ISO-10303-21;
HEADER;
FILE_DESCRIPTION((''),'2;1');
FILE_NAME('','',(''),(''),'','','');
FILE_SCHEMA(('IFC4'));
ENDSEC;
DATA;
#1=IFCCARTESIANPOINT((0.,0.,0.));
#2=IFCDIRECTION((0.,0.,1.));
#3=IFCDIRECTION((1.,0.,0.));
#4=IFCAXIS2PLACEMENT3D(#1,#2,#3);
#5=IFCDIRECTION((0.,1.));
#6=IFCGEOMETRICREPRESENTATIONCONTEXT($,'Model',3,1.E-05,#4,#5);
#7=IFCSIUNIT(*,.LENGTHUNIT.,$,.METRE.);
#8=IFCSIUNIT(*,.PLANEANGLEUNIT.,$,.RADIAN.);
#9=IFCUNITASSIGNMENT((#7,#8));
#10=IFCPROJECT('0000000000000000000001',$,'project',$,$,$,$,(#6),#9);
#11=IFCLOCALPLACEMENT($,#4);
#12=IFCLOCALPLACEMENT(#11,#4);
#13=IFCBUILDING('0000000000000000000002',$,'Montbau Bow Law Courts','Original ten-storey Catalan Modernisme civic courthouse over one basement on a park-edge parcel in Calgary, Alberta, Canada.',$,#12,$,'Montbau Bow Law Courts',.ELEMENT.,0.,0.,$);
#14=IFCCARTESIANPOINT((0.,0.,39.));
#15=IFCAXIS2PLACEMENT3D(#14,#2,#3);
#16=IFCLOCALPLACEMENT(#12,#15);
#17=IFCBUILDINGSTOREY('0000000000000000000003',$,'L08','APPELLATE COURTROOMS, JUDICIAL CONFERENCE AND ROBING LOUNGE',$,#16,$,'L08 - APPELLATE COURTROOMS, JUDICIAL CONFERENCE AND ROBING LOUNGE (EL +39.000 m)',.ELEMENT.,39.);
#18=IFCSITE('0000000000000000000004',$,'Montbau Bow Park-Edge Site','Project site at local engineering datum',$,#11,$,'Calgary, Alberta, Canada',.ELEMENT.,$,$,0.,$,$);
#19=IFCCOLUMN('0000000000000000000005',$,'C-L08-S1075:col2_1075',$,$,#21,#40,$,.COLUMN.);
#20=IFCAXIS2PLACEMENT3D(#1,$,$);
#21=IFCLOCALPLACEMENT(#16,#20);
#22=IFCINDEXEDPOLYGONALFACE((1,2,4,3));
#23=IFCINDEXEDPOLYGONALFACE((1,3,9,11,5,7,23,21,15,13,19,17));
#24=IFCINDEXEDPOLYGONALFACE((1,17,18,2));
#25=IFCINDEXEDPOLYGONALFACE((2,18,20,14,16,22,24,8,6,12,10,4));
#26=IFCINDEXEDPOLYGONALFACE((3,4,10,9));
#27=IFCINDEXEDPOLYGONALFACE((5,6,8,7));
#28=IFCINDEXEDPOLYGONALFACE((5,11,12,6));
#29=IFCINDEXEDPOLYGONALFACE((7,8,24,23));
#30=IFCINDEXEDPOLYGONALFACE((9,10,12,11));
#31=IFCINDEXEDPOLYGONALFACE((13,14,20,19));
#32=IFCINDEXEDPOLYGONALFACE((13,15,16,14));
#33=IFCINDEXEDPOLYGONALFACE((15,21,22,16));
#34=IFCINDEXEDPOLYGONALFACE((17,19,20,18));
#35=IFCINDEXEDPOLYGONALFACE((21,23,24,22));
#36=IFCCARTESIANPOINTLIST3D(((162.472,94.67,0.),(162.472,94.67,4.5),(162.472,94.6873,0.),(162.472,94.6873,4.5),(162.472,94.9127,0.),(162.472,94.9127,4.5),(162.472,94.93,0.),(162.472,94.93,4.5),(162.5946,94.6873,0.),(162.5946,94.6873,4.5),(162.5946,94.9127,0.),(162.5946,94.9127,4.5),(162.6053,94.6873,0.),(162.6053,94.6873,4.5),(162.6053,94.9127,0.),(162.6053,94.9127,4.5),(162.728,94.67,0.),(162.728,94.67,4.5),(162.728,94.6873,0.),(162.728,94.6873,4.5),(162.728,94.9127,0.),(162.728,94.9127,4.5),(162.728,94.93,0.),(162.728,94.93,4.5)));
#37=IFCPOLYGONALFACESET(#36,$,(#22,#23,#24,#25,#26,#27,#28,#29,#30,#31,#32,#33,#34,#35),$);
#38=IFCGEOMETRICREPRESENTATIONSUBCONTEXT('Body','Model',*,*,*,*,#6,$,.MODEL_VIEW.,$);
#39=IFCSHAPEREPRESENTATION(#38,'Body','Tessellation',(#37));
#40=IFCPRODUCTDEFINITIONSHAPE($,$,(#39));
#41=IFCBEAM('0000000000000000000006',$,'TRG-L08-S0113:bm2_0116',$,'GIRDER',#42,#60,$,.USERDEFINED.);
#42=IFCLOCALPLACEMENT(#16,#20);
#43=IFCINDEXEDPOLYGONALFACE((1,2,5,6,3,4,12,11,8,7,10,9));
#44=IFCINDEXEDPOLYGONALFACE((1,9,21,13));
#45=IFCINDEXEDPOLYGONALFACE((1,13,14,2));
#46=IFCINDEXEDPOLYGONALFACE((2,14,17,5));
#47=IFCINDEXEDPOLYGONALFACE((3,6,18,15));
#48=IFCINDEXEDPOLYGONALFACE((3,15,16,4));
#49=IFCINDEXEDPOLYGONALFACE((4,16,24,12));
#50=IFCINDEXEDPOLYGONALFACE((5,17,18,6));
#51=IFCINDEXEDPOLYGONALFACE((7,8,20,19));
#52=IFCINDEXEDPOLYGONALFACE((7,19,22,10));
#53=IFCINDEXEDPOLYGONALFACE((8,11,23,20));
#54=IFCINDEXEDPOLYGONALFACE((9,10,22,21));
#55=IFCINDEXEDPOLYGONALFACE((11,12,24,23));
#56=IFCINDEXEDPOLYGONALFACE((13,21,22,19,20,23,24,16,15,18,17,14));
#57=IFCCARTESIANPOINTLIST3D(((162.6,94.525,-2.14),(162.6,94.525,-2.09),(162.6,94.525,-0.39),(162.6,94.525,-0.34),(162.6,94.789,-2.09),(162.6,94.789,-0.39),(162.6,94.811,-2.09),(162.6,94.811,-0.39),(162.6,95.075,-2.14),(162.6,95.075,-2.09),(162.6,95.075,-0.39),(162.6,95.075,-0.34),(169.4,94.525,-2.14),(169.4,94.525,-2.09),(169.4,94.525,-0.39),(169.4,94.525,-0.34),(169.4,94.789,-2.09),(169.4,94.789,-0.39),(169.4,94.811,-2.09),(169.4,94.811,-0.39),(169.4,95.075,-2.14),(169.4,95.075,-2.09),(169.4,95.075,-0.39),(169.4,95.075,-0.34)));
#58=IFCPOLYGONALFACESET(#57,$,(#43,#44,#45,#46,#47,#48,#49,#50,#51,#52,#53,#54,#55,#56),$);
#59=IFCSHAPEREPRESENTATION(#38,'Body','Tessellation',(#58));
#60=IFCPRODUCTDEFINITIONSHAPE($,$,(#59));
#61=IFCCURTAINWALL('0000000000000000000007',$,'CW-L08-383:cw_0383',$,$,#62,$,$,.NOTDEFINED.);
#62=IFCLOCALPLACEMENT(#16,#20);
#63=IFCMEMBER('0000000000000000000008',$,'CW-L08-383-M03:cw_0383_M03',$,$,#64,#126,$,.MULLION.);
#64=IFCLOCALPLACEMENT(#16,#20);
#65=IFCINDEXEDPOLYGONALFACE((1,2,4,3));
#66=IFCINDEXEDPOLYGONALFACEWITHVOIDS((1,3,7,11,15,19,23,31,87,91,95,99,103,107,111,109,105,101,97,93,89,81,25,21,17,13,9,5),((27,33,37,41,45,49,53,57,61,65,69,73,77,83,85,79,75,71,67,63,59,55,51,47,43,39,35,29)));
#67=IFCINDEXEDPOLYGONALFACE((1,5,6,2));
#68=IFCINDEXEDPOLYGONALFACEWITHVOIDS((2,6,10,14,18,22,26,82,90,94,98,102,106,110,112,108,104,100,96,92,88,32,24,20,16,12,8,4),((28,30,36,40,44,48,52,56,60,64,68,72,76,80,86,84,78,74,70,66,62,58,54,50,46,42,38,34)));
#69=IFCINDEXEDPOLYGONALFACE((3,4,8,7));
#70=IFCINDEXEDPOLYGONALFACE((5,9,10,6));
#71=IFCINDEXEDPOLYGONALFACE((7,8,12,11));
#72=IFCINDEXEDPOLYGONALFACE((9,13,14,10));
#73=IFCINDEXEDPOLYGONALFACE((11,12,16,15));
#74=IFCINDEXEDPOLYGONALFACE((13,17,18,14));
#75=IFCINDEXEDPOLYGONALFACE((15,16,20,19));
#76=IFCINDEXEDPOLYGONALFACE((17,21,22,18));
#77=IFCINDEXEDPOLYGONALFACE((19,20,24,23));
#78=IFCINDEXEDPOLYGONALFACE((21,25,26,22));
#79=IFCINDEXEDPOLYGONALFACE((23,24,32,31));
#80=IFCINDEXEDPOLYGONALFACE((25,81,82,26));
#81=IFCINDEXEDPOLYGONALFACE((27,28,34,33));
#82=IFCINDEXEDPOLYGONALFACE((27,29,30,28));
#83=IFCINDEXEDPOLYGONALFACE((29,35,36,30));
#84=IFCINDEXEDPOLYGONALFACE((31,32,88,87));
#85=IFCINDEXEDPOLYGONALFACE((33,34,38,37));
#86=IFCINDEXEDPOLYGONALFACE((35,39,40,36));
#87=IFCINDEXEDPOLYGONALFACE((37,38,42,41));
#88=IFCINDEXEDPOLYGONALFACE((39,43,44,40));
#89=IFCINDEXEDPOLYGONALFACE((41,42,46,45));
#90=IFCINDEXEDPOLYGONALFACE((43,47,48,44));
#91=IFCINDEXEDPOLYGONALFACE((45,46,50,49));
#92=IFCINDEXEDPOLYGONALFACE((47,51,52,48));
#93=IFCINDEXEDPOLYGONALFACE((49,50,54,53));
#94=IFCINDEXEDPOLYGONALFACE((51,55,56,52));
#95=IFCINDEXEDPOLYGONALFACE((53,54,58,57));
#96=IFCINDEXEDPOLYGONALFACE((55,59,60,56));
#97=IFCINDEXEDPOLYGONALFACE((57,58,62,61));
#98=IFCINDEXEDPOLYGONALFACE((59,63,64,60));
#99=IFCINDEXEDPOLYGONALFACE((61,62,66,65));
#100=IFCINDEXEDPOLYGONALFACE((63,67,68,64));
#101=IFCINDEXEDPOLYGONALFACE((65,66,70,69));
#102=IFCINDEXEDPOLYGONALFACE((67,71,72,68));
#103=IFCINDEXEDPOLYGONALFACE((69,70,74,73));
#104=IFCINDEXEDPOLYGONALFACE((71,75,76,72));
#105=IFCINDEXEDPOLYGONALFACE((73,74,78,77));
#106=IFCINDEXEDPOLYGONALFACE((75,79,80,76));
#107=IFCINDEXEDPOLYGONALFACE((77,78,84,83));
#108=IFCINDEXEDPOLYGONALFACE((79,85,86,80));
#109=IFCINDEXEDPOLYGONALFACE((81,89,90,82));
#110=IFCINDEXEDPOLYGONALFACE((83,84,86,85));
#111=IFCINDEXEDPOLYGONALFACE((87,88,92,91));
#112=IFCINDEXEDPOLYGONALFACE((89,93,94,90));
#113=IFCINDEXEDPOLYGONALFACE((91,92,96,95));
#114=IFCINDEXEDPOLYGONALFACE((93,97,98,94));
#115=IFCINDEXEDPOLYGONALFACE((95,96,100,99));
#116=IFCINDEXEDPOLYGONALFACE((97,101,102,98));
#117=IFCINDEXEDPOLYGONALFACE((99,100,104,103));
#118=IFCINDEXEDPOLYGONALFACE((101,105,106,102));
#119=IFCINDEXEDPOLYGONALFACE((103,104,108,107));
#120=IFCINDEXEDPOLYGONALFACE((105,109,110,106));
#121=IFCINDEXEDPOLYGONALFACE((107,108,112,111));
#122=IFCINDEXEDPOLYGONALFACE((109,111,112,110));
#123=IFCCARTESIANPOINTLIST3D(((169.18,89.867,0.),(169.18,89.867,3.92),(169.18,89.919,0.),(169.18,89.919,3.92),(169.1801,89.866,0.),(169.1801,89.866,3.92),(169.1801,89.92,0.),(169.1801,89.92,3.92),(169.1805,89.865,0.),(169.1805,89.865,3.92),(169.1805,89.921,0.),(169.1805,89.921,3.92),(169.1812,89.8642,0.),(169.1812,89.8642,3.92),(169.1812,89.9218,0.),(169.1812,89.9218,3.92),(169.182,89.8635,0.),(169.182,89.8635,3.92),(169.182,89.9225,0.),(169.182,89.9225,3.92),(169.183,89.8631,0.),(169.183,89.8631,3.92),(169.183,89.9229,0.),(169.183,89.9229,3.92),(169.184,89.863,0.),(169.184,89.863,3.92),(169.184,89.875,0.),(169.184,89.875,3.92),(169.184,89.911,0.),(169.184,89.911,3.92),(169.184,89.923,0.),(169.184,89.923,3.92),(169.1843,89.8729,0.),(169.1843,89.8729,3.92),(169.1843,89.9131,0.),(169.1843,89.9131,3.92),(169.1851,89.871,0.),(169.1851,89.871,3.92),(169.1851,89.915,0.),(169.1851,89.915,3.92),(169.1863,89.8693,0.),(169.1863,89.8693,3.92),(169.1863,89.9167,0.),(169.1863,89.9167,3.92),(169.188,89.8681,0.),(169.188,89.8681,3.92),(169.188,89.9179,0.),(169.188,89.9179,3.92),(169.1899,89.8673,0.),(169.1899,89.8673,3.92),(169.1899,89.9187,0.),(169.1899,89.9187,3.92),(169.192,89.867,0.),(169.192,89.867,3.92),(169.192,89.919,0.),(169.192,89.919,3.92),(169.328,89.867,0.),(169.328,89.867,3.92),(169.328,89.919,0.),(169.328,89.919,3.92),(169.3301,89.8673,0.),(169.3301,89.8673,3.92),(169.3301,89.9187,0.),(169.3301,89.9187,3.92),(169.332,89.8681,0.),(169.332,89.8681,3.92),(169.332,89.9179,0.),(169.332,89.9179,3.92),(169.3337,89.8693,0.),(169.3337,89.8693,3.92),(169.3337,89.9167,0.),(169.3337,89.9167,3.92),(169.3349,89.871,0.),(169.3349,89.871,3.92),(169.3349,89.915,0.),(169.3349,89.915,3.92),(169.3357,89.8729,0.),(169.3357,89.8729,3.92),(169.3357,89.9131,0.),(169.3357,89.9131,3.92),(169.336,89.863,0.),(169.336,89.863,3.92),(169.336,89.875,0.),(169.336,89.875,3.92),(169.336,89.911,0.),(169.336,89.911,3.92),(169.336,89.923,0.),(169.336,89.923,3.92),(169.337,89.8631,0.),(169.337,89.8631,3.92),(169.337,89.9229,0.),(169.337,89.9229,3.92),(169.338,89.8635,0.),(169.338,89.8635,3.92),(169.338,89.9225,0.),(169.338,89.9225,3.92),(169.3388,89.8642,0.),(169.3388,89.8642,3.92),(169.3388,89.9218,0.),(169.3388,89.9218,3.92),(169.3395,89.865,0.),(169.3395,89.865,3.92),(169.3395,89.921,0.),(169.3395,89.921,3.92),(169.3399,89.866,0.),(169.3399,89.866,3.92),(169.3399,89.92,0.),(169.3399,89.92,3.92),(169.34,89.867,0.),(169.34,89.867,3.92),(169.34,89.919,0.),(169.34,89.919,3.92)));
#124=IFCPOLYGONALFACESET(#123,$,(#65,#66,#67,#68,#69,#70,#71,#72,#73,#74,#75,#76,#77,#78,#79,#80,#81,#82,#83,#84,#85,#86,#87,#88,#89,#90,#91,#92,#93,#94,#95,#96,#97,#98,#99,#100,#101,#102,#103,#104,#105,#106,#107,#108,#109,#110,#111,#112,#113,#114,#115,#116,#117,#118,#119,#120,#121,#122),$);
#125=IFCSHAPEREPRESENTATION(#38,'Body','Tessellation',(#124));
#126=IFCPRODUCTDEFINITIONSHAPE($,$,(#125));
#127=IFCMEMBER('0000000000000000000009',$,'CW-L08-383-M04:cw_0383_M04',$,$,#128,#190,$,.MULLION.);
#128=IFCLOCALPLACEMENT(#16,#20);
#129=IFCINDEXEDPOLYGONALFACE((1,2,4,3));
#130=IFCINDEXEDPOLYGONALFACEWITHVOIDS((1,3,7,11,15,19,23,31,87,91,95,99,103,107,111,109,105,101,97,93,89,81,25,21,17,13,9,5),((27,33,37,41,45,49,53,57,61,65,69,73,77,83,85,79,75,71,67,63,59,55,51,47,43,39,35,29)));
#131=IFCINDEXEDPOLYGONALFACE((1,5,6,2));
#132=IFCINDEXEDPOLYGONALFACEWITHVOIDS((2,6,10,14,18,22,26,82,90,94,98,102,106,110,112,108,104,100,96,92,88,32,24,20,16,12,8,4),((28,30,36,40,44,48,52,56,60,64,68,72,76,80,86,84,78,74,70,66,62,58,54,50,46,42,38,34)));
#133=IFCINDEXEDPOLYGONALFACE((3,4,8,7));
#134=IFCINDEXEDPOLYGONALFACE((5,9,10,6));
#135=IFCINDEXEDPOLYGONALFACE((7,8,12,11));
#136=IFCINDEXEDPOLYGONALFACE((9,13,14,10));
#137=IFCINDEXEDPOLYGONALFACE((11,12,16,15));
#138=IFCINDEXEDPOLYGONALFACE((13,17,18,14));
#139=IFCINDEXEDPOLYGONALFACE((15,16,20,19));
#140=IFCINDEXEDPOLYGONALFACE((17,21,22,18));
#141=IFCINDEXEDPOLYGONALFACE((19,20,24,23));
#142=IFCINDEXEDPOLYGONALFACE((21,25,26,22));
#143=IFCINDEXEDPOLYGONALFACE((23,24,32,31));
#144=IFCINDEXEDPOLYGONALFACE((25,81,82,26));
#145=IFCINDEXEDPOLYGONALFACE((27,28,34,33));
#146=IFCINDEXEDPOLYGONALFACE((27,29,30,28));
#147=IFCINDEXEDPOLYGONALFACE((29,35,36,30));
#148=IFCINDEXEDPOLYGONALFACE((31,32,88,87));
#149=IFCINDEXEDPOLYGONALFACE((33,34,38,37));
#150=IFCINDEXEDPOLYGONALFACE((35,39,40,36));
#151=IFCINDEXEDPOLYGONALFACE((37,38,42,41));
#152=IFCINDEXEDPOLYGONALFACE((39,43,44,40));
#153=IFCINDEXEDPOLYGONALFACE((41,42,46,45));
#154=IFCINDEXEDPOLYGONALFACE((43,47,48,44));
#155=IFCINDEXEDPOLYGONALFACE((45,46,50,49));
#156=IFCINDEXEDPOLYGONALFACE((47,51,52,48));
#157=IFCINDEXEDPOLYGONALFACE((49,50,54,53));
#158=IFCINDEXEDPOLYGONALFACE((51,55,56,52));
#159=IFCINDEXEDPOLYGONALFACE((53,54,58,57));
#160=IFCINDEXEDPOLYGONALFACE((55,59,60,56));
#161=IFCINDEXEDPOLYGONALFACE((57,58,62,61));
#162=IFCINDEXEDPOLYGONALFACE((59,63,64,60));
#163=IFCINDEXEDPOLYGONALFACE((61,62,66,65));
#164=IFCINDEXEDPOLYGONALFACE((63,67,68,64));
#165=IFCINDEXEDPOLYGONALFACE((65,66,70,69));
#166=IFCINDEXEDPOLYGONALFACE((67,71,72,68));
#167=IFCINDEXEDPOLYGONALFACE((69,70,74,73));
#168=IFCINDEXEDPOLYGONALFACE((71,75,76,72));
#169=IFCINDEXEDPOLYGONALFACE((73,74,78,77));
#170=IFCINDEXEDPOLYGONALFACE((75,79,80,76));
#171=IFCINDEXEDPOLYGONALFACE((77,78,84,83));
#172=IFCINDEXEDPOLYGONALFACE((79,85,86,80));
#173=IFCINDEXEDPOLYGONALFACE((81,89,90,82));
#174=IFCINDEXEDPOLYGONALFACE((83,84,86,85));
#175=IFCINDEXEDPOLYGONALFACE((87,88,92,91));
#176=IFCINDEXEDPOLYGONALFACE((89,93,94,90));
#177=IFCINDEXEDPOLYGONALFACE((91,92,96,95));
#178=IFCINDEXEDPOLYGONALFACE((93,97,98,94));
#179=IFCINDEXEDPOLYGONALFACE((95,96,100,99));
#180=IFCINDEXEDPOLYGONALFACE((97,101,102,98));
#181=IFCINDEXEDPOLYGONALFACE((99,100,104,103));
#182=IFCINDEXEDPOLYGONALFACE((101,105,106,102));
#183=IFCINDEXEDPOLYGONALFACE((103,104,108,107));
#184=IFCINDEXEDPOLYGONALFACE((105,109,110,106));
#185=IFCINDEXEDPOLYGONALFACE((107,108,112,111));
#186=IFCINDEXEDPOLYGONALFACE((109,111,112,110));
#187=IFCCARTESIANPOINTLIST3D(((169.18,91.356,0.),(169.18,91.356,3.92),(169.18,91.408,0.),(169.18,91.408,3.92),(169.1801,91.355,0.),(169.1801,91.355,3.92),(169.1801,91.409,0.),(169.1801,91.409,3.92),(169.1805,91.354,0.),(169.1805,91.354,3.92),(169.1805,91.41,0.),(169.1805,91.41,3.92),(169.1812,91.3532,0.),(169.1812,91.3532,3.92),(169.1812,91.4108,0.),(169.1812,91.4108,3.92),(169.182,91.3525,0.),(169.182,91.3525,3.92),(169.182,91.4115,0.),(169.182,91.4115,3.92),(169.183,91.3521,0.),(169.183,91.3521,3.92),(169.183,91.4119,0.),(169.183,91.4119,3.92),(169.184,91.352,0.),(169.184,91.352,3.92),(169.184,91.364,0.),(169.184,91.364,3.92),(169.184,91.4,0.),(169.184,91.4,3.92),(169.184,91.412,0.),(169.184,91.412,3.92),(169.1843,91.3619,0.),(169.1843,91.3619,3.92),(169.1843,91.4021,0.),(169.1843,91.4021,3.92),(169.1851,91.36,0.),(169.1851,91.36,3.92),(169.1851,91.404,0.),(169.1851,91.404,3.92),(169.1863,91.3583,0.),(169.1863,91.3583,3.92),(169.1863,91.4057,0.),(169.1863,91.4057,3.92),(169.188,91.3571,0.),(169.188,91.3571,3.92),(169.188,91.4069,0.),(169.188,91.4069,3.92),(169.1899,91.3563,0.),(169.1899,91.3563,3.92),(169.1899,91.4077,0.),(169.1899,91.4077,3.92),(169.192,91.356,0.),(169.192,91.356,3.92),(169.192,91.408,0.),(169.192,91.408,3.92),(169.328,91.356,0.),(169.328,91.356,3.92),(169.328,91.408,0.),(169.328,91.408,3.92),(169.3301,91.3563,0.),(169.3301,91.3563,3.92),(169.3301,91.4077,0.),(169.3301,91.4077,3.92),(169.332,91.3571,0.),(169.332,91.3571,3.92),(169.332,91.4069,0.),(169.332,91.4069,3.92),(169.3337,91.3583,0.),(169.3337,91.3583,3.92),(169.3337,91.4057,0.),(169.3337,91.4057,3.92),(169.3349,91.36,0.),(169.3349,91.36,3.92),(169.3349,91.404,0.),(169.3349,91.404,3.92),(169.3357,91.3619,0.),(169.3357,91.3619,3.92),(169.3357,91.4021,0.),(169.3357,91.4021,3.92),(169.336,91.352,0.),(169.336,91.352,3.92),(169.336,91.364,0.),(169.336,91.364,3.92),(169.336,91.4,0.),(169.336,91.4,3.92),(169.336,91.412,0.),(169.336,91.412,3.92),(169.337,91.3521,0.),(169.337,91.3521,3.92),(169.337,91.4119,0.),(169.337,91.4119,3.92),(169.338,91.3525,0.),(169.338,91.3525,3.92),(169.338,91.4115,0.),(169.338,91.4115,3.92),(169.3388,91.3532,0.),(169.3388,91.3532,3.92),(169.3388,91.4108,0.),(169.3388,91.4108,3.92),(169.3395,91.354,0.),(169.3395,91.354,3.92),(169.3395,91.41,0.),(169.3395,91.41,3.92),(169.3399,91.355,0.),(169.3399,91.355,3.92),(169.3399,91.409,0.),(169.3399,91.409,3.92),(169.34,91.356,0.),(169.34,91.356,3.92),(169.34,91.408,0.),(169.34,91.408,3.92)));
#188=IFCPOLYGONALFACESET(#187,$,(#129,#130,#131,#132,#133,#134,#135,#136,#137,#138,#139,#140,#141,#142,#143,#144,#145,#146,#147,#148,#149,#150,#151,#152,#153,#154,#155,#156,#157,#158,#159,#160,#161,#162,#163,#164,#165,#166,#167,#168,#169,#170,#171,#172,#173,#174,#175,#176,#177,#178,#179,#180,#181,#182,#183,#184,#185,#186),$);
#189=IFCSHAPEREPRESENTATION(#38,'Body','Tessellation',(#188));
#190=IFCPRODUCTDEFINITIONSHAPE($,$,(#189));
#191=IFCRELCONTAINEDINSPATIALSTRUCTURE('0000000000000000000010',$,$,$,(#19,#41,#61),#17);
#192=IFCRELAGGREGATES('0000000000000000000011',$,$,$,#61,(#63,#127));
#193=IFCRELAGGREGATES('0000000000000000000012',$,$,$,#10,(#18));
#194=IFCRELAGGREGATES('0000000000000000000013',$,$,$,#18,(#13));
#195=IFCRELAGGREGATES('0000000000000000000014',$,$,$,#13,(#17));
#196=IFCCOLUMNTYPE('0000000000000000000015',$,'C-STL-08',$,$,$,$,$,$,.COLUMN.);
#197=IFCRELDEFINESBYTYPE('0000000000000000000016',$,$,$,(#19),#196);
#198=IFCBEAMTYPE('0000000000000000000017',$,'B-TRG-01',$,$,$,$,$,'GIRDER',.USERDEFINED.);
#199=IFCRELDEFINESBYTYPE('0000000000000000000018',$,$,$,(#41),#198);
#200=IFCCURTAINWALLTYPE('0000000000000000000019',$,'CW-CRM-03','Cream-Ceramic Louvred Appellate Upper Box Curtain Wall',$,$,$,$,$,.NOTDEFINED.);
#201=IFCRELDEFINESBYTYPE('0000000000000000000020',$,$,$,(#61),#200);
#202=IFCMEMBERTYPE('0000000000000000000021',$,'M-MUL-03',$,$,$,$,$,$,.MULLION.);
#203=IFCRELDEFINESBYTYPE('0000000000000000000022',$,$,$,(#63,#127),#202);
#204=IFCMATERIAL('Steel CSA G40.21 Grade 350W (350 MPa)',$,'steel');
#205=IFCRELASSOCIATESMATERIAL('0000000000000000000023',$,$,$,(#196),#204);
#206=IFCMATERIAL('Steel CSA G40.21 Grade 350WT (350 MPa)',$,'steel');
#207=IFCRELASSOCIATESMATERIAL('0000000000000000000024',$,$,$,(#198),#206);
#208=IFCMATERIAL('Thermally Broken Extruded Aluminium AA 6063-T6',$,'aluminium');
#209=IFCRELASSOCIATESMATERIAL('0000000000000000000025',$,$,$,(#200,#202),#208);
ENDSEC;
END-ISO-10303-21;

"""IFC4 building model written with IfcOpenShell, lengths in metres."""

from ifc_helpers import new_model, si_unit, direction, frame, origin_with_axes, origin_2d_with_axis, place, context, subcontext, project, spatial, hollow_rectangle, i_section, extrude, material, material_profile, profile_set, type_object, element, aggregate, save


model = new_model("IFC4")

# Units and contexts
model_context = context("Model", 3, precision=1e-05, world=origin_with_axes(), true_north=direction((0.0, 1.0)))
body_context = subcontext(model_context, "Body", "Model", "MODEL_VIEW")
ifc_project = project(units=[si_unit("LENGTHUNIT", "METRE"), si_unit("PLANEANGLEUNIT", "RADIAN")], contexts=[model_context])

# Site, building, storey
site_placement = place(None, origin_with_axes())
site = spatial("IfcSite", under=ifc_project, at=site_placement, Name="Montbau Bow Park-Edge Site", Description="Project site at local engineering datum", LongName="Calgary, Alberta, Canada", CompositionType="ELEMENT", RefElevation=0.0)
building_placement = place(site_placement, origin_with_axes())
building = spatial("IfcBuilding", under=site, at=building_placement, Name="Montbau Bow Law Courts", Description="Original ten-storey Catalan Modernisme civic courthouse over one basement on a park-edge parcel in Calgary, Alberta, Canada.", LongName="Montbau Bow Law Courts", CompositionType="ELEMENT", ElevationOfRefHeight=0.0, ElevationOfTerrain=0.0)
storey_placement = place(building_placement, frame((0.0, 0.0, 39.0), z_axis=(0.0, 0.0, 1.0), x_axis=(1.0, 0.0, 0.0)))
storey = spatial("IfcBuildingStorey", under=building, at=storey_placement, Name="L08", Description="APPELLATE COURTROOMS, JUDICIAL CONFERENCE AND ROBING LOUNGE", LongName="L08 - APPELLATE COURTROOMS, JUDICIAL CONFERENCE AND ROBING LOUNGE (EL +39.000 m)", CompositionType="ELEMENT", Elevation=39.0)

# Column
ifc_material_1 = material(Name="Steel CSA G40.21 Grade 350W (350 MPa)", Category="steel")
ifc_material_profile_1 = material_profile(ifc_material_1, i_section(OverallWidth=0.256, OverallDepth=0.26, WebThickness=0.0107, FlangeThickness=0.0173, at=origin_2d_with_axis()), Name="W250X89", Category="Main", Priority=0)
ifc_profile_set_1 = profile_set([ifc_material_profile_1], Name="Steel CSA G40.21 Grade 350W (350 MPa)")
column_type = type_object("IfcColumnType", Name="C-STL-08", PredefinedType="COLUMN", material=ifc_profile_set_1)
column_placement = place(None, frame((162.6, 94.8, 39.0), z_axis=(0.0, 0.0, 1.0), x_axis=(1.0, 0.0, 0.0)))
element("IfcColumn", 1, at=column_placement, inside=storey, type_object=column_type, Name="C-L08-S1075:col2_1075", PredefinedType="COLUMN", context=body_context, shape_type="SweptSolid", body=[
    extrude(i_section(OverallWidth=0.256, OverallDepth=0.26, WebThickness=0.0107, FlangeThickness=0.0173, at=origin_2d_with_axis()), origin_with_axes(), (0.0, 0.0, 1.0), 4.5),
])

# Beam
ifc_material_2 = material(Name="Steel CSA G40.21 Grade 350WT (350 MPa)", Category="steel")
ifc_material_profile_2 = material_profile(ifc_material_2, i_section(OverallWidth=0.55, OverallDepth=1.8, WebThickness=0.022, FlangeThickness=0.05, at=origin_2d_with_axis()), Name="WWF1800X550", Category="Main", Priority=0)
ifc_profile_set_2 = profile_set([ifc_material_profile_2], Name="Steel CSA G40.21 Grade 350WT (350 MPa)")
beam_type = type_object("IfcBeamType", Name="B-TRG-01", ElementType="GIRDER", PredefinedType="USERDEFINED", material=ifc_profile_set_2)
beam_placement = place(None, frame((162.6, 94.8, 37.76), z_axis=(1.0, 0.0, 0.0), x_axis=(0.0, 1.0, 0.0)))
element("IfcBeam", 2, at=beam_placement, inside=storey, type_object=beam_type, Name="TRG-L08-S0113:bm2_0116", ObjectType="GIRDER", PredefinedType="USERDEFINED", context=body_context, shape_type="SweptSolid", body=[
    extrude(i_section(OverallWidth=0.55, OverallDepth=1.8, WebThickness=0.022, FlangeThickness=0.05, at=origin_2d_with_axis()), origin_with_axes(), (0.0, 0.0, 1.0), 6.8),
])

# Curtain wall, members
ifc_material_3 = material(Name="Thermally Broken Extruded Aluminium AA 6063-T6", Category="aluminium")
curtain_wall_type = type_object("IfcCurtainWallType", Name="CW-CRM-03", Description="Cream-Ceramic Louvred Appellate Upper Box Curtain Wall", PredefinedType="NOTDEFINED", material=ifc_material_3)
curtain_wall_placement = place(None, frame((169.26, 86.915, 39.0), z_axis=(0.0, 0.0, 1.0), x_axis=(1.0, 0.0, 0.0)))
curtain_wall = element("IfcCurtainWall", 3, at=curtain_wall_placement, inside=storey, type_object=curtain_wall_type, Name="CW-L08-383:cw_0383", PredefinedType="NOTDEFINED")
ifc_material_profile_3 = material_profile(ifc_material_3, hollow_rectangle(XDim=0.06, YDim=0.16, WallThickness=0.004, InnerFilletRadius=0.008, OuterFilletRadius=0.004, at=origin_2d_with_axis()), Name="CWM-160X60", Category="Main", Priority=0)
ifc_profile_set_3 = profile_set([ifc_material_profile_3], Name="Thermally Broken Extruded Aluminium AA 6063-T6")
member_type_1 = type_object("IfcMemberType", Name="M-MUL-03", PredefinedType="MULLION", material=ifc_profile_set_3)
member_1_placement = place(None, frame((169.26, 89.893, 39.0), z_axis=(0.0, 0.0, 1.0), x_axis=(0.0, 1.0, 0.0)))
member_1 = element("IfcMember", 4, at=member_1_placement, type_object=member_type_1, Name="CW-L08-383-M03:cw_0383_M03", PredefinedType="MULLION", context=body_context, shape_type="SweptSolid", body=[
    extrude(hollow_rectangle(XDim=0.06, YDim=0.16, WallThickness=0.004, InnerFilletRadius=0.008, OuterFilletRadius=0.004, at=origin_2d_with_axis()), origin_with_axes(), (0.0, 0.0, 1.0), 3.92),
])
member_2_placement = place(None, frame((169.26, 91.382, 39.0), z_axis=(0.0, 0.0, 1.0), x_axis=(0.0, 1.0, 0.0)))
member_2 = element("IfcMember", 5, at=member_2_placement, type_object=member_type_1, Name="CW-L08-383-M04:cw_0383_M04", PredefinedType="MULLION", context=body_context, shape_type="SweptSolid", body=[
    extrude(hollow_rectangle(XDim=0.06, YDim=0.16, WallThickness=0.004, InnerFilletRadius=0.008, OuterFilletRadius=0.004, at=origin_2d_with_axis()), origin_with_axes(), (0.0, 0.0, 1.0), 3.92),
])
aggregate(curtain_wall, [member_1, member_2])

save(model, "model.ifc")
